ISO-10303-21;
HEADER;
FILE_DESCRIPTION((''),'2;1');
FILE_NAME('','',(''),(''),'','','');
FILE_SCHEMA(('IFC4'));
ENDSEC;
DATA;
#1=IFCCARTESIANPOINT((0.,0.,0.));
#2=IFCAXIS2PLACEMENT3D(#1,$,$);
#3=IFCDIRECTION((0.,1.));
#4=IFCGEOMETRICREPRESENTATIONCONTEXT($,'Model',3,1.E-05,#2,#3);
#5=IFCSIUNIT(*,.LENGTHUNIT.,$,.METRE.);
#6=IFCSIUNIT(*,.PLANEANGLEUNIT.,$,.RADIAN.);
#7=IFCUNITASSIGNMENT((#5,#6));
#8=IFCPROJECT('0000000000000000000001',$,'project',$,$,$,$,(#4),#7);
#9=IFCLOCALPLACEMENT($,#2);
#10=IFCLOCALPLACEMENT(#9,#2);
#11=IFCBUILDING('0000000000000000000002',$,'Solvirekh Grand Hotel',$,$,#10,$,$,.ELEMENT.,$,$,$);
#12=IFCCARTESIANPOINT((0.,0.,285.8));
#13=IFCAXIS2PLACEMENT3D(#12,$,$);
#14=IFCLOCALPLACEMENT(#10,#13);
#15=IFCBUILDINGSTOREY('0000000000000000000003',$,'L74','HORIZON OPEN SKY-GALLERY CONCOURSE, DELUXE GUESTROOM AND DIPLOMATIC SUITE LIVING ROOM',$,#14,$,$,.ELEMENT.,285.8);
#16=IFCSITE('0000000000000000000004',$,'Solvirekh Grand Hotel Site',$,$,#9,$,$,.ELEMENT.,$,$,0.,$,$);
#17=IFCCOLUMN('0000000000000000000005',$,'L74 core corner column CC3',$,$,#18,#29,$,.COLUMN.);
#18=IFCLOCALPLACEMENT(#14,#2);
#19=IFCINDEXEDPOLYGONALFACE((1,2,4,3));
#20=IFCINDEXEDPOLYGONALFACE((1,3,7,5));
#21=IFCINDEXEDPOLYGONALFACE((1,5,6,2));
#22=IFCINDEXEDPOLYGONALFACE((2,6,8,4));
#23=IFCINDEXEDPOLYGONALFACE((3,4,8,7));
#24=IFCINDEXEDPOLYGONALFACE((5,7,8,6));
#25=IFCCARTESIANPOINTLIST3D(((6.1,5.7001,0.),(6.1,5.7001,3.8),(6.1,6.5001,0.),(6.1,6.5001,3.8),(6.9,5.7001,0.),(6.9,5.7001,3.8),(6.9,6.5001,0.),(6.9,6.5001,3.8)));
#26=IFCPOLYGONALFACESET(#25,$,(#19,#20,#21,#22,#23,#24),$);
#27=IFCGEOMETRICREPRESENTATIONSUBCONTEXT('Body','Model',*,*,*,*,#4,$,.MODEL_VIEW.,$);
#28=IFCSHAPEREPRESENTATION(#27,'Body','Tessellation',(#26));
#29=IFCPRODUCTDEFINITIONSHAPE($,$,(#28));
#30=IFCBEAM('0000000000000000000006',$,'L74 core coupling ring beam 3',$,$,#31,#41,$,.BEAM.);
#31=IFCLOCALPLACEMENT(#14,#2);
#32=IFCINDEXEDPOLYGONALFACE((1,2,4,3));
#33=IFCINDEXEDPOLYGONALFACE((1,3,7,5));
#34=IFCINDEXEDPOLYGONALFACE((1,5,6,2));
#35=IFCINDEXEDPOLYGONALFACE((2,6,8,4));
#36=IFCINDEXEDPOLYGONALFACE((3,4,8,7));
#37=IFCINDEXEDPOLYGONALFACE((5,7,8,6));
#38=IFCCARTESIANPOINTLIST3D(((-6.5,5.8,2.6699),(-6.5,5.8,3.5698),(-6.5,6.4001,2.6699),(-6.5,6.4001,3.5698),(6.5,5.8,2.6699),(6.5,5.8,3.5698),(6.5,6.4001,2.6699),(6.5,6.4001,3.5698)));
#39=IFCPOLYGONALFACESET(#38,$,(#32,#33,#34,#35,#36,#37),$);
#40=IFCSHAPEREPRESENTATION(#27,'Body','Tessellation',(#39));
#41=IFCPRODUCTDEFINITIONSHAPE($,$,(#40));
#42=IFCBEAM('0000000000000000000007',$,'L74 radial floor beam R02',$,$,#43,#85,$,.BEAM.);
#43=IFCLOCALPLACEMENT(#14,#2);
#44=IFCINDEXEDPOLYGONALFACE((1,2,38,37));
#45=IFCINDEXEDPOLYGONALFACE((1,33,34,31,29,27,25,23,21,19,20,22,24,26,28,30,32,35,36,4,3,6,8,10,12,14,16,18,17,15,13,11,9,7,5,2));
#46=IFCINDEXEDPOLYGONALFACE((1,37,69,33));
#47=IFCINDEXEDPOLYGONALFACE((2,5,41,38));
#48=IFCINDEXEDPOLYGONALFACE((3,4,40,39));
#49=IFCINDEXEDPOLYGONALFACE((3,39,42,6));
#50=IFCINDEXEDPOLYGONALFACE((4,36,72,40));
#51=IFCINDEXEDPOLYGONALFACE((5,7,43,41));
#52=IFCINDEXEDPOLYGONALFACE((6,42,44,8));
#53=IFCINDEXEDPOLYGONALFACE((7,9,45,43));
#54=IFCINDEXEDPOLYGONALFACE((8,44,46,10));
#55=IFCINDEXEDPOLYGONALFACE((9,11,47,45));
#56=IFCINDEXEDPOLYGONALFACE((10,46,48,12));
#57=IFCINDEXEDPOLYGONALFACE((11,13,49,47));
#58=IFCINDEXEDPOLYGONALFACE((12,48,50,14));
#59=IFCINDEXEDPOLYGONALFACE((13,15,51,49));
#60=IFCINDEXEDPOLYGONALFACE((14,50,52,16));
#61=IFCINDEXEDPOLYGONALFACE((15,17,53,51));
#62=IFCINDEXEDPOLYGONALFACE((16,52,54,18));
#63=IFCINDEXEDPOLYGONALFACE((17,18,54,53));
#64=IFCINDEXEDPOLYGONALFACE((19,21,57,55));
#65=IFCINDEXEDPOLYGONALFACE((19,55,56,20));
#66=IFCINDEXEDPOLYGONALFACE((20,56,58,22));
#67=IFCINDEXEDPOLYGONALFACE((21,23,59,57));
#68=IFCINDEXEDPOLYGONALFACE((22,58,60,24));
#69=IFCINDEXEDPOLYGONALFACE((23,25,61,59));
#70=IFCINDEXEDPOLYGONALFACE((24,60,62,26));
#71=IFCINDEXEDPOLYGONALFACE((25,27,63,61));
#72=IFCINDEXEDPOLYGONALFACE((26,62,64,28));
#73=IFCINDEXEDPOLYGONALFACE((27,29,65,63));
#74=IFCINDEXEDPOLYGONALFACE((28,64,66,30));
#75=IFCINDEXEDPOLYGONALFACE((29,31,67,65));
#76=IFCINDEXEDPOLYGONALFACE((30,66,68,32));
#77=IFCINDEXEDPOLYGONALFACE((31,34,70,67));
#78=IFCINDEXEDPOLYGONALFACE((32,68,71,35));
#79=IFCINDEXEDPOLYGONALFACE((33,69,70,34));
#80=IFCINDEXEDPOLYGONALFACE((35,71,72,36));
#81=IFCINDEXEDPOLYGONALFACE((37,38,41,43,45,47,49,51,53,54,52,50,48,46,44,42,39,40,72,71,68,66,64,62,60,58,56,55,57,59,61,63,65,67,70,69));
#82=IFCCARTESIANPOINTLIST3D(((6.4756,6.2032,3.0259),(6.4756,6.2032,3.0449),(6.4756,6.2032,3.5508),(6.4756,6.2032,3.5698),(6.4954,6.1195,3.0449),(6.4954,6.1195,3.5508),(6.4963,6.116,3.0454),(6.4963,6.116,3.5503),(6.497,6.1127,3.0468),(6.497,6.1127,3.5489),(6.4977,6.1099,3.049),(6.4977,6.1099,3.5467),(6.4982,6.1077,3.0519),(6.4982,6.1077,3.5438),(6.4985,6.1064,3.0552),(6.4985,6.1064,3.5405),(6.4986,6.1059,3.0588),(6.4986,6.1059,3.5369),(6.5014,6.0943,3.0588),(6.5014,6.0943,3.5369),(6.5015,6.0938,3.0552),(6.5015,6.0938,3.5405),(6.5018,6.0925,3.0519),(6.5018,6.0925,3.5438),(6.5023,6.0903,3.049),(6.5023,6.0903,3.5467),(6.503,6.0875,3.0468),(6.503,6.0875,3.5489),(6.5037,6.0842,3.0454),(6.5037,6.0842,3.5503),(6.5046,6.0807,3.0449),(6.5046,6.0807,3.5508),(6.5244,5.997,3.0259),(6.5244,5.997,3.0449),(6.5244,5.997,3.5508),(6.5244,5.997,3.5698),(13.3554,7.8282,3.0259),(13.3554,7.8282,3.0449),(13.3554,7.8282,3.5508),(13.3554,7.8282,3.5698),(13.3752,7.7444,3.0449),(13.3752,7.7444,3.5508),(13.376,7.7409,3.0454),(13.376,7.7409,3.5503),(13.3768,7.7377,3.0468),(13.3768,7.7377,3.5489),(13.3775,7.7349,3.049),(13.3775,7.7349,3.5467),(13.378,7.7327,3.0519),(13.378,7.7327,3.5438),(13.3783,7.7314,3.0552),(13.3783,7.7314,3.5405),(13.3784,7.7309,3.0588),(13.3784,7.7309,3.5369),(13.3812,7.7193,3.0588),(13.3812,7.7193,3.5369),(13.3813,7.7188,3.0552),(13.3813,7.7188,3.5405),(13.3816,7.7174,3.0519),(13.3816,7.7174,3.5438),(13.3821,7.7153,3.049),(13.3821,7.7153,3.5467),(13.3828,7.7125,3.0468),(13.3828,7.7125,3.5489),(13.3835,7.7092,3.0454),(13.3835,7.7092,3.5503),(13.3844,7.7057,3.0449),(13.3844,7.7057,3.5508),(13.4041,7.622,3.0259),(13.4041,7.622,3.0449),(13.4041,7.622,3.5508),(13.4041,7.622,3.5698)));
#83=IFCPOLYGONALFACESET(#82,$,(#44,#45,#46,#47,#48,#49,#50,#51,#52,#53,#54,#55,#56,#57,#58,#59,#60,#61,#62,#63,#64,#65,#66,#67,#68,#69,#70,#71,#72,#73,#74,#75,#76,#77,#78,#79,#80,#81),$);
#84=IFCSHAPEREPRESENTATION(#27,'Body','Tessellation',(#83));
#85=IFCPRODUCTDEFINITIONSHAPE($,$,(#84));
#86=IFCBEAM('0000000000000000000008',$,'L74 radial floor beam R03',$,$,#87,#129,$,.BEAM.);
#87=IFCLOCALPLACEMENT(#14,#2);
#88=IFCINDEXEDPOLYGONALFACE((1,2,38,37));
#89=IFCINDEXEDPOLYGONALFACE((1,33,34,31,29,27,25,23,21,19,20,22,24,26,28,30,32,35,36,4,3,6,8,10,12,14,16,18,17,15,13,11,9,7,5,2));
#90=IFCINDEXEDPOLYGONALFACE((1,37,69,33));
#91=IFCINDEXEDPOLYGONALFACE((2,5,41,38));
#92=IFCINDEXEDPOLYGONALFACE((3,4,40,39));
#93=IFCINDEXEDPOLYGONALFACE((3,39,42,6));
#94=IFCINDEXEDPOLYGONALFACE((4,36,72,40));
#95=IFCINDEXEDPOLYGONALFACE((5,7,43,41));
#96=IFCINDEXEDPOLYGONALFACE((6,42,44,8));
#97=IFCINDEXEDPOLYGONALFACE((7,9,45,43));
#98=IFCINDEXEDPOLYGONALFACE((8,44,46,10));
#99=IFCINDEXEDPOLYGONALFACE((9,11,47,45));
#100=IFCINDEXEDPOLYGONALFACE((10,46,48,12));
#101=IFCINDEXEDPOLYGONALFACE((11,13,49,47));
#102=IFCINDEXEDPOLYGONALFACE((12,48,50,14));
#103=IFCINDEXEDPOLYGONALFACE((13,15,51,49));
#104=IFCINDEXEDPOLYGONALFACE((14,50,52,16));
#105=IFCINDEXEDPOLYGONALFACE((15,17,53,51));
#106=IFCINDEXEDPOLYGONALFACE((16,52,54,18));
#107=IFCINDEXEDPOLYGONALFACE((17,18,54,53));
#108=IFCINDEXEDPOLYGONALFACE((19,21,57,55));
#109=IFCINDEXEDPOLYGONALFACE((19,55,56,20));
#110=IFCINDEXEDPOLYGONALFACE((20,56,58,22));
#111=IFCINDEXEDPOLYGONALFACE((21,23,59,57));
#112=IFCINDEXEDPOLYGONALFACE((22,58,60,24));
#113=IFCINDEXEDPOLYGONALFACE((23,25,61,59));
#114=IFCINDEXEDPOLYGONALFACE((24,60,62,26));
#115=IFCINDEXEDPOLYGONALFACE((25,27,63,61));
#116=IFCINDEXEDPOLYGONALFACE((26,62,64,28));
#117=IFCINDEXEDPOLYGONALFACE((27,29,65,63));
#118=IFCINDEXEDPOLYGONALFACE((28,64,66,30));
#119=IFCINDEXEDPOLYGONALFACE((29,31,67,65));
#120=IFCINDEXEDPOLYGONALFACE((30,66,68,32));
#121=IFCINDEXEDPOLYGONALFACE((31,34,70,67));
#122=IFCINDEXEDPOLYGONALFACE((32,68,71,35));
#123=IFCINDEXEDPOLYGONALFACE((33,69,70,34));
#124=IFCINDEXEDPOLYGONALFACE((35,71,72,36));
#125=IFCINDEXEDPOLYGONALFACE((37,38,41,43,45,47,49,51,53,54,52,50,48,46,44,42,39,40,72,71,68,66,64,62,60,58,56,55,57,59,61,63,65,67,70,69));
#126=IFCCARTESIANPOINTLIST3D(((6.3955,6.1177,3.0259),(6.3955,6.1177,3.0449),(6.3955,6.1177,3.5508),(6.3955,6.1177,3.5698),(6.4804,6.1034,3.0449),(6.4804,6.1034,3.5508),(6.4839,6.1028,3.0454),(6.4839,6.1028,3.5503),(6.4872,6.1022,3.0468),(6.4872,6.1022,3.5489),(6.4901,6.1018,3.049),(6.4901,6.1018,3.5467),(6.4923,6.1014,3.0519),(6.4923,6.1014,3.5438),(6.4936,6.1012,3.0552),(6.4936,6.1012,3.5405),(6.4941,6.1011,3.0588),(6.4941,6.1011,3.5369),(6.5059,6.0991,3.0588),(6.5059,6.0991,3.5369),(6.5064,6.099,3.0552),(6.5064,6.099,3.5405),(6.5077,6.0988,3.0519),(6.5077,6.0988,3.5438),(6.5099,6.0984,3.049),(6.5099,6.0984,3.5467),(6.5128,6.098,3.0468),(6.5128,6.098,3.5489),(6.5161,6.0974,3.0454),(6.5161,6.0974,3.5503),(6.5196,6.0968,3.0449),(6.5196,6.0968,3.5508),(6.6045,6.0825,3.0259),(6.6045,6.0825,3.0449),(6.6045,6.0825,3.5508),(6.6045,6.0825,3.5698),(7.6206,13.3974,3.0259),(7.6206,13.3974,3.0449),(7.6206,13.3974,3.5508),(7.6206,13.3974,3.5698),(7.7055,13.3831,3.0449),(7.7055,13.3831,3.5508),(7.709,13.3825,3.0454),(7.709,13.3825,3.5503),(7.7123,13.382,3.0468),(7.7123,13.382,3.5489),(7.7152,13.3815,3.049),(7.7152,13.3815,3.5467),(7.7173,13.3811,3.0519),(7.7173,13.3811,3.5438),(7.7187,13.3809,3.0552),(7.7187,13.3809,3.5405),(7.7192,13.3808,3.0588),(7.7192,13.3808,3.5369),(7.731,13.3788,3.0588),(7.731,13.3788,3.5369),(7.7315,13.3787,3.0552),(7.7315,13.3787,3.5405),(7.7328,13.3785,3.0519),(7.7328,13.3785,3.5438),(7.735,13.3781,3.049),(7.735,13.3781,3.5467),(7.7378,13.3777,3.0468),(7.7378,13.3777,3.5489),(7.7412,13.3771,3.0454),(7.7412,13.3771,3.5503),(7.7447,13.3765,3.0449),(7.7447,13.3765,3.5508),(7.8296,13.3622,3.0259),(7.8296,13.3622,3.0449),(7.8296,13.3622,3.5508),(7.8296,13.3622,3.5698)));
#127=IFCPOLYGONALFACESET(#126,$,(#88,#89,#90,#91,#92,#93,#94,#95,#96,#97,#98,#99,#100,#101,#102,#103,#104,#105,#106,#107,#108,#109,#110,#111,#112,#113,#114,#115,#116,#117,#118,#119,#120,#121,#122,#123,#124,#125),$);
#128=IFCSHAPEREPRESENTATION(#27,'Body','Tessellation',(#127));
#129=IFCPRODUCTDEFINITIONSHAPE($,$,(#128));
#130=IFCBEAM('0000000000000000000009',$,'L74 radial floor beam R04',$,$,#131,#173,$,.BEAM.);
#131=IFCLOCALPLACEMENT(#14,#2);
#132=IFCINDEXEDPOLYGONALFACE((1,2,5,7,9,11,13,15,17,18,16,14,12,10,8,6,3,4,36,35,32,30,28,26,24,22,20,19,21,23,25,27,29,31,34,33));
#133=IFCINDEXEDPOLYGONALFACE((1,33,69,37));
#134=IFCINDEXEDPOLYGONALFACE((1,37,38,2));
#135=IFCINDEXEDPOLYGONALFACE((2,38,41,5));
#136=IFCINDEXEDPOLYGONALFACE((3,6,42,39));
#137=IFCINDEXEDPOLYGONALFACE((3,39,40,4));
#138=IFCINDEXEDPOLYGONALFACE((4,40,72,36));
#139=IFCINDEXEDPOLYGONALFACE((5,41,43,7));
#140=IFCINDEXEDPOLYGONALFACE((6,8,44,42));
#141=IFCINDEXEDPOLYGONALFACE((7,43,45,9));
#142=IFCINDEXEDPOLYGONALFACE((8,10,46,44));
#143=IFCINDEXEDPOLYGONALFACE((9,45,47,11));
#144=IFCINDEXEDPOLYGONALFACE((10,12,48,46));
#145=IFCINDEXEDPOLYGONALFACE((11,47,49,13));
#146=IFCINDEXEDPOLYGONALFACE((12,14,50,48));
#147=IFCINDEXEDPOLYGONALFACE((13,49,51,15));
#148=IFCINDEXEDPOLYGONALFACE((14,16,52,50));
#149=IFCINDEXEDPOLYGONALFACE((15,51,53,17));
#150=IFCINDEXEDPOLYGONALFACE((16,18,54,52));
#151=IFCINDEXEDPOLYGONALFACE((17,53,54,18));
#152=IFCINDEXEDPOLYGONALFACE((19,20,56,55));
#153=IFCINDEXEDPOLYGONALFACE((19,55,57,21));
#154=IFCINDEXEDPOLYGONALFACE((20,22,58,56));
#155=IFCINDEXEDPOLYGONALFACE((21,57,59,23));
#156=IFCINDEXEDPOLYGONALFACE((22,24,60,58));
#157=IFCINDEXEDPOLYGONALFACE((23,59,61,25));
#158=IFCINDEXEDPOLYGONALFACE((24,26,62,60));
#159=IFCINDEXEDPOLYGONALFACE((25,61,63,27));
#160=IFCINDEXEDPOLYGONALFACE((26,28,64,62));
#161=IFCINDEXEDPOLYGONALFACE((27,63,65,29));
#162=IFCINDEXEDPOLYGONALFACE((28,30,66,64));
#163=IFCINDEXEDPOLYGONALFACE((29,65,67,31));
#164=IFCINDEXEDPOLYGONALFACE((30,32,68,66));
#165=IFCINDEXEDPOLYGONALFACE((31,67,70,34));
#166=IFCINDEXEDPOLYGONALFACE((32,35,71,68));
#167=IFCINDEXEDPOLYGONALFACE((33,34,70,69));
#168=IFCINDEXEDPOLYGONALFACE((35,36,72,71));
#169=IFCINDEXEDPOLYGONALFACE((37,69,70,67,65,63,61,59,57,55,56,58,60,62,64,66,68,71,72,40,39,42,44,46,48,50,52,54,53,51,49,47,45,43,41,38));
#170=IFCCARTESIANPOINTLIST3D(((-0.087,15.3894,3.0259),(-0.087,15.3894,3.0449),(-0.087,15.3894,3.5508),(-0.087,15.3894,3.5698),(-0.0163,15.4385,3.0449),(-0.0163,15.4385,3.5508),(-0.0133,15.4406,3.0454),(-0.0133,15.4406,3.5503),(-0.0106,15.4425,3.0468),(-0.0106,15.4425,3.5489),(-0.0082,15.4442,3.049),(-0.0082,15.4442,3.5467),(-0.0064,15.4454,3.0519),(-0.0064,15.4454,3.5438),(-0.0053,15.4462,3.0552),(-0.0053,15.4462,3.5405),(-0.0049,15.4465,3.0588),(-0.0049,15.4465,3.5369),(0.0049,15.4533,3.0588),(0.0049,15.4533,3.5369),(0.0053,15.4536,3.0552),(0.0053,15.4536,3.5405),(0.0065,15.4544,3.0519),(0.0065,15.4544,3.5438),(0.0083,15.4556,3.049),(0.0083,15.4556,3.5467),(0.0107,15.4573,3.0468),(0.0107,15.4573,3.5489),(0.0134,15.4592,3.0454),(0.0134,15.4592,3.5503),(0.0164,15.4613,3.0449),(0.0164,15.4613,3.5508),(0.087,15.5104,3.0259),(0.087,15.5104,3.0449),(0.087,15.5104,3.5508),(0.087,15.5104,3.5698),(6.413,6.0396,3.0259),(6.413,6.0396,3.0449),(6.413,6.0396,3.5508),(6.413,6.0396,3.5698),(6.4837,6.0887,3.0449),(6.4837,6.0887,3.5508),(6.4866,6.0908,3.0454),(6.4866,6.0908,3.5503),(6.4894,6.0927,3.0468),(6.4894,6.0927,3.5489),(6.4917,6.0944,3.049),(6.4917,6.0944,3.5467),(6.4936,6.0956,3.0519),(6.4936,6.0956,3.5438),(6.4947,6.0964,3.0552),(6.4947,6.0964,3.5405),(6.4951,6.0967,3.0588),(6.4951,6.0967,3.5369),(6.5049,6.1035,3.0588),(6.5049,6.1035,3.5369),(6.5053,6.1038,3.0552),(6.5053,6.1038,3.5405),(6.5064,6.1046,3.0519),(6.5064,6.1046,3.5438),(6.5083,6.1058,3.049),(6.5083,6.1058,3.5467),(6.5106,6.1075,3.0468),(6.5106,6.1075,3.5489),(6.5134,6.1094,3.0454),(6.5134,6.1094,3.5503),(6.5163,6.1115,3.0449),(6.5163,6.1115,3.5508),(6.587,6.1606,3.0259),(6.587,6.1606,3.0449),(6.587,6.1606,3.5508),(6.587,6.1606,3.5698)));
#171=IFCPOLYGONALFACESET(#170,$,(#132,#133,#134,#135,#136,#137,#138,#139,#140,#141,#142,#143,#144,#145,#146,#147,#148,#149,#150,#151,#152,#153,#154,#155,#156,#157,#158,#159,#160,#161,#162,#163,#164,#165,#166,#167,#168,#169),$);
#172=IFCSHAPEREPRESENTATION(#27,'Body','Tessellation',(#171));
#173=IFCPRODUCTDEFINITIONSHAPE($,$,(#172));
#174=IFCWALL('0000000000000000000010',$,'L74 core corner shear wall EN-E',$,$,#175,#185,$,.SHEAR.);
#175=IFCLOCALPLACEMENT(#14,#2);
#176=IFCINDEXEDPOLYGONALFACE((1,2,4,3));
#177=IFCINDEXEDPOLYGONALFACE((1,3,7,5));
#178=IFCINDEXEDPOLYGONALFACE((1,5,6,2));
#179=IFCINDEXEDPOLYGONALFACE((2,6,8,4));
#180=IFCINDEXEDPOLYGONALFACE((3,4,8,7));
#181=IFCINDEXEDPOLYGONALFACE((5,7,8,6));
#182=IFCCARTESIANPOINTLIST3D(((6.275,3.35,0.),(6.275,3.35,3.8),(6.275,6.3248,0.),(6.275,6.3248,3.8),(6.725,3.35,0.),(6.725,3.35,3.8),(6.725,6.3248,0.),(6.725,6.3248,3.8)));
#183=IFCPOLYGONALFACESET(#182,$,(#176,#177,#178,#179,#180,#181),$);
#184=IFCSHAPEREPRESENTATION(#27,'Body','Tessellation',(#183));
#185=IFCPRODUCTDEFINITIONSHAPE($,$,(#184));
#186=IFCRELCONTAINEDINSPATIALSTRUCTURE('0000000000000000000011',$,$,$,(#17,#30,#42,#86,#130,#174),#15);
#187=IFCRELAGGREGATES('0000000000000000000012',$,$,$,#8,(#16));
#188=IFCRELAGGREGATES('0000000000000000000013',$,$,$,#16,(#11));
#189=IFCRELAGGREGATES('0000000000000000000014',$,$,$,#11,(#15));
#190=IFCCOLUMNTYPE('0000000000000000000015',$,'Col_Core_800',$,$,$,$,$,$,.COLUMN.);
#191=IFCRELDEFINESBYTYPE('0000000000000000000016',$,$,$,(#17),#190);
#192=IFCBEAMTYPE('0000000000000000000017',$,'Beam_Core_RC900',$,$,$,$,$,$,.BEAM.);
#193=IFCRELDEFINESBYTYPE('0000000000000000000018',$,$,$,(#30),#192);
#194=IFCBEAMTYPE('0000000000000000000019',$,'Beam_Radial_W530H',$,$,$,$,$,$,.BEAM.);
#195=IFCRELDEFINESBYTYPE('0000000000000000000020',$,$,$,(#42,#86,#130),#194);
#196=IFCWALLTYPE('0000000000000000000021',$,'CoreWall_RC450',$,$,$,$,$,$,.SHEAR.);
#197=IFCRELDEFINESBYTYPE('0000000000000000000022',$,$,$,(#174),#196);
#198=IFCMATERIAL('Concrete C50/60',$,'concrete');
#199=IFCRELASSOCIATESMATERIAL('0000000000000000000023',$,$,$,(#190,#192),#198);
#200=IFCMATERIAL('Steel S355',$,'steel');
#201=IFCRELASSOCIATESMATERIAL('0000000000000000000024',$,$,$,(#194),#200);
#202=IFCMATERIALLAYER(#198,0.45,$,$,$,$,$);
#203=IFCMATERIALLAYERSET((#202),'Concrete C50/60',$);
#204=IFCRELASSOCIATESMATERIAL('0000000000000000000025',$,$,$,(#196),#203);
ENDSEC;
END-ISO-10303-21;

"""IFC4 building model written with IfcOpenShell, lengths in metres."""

from ifc_helpers import new_model, si_unit, direction, frame, frame_2d, origin, origin_2d, place, context, subcontext, project, spatial, rectangle, i_section, extrude, material, layer, layer_set, material_profile, profile_set, type_object, element, save


model = new_model("IFC4")

# Units and contexts
model_context = context("Model", 3, precision=1e-05, world=origin(), true_north=direction((0.0, 1.0)))
body_context = subcontext(model_context, "Body", "Model", "MODEL_VIEW")
ifc_project = project(units=[si_unit("LENGTHUNIT", "METRE"), si_unit("PLANEANGLEUNIT", "RADIAN")], contexts=[model_context])

# Site, building, storey
site_placement = place(None, origin())
site = spatial("IfcSite", under=ifc_project, at=site_placement, Name="Solvirekh Grand Hotel Site", CompositionType="ELEMENT", RefElevation=0.0)
building_placement = place(site_placement, origin())
building = spatial("IfcBuilding", under=site, at=building_placement, Name="Solvirekh Grand Hotel", CompositionType="ELEMENT")
storey_placement = place(building_placement, frame((0.0, 0.0, 285.8)))
storey = spatial("IfcBuildingStorey", under=building, at=storey_placement, Name="L74", Description="HORIZON OPEN SKY-GALLERY CONCOURSE, DELUXE GUESTROOM AND DIPLOMATIC SUITE LIVING ROOM", CompositionType="ELEMENT", Elevation=285.8)

# Column
ifc_material_1 = material(Name="Concrete C50/60", Category="concrete")
ifc_material_profile_1 = material_profile(ifc_material_1, rectangle(XDim=0.8, YDim=0.8, at=origin_2d()), Name="RC 800X800")
ifc_profile_set_1 = profile_set([ifc_material_profile_1], Name="Concrete C50/60")
column_type = type_object("IfcColumnType", Name="Col_Core_800", PredefinedType="COLUMN", material=ifc_profile_set_1)
column_placement = place(storey_placement, frame((6.5, 6.1001, 0.0), z_axis=(0.0, 0.0, 1.0), x_axis=(1.0, 0.0, 0.0)))
element("IfcColumn", 1, at=column_placement, inside=storey, type_object=column_type, Name="L74 core corner column CC3", PredefinedType="COLUMN", context=body_context, shape_type="SweptSolid", body=[
    extrude(rectangle(XDim=0.8, YDim=0.8, at=origin_2d()), origin(), (0.0, 0.0, 1.0), 3.8),
])

# Beams
ifc_material_profile_2 = material_profile(ifc_material_1, rectangle(XDim=0.6001, YDim=0.8999, at=origin_2d()), Name="RC BEAM 600X900")
ifc_profile_set_2 = profile_set([ifc_material_profile_2], Name="Concrete C50/60")
beam_type_1 = type_object("IfcBeamType", Name="Beam_Core_RC900", PredefinedType="BEAM", material=ifc_profile_set_2)
beam_1_placement = place(storey_placement, frame((6.5, 6.1001, 3.1199), z_axis=(-1.0, 0.0, 0.0), x_axis=(0.0, -1.0, 0.0)))
element("IfcBeam", 2, at=beam_1_placement, inside=storey, type_object=beam_type_1, Name="L74 core coupling ring beam 3", PredefinedType="BEAM", context=body_context, shape_type="SweptSolid", body=[
    extrude(rectangle(XDim=0.6001, YDim=0.8999, at=origin_2d()), origin(), (0.0, 0.0, 1.0), 13.0),
])
ifc_material_2 = material(Name="Steel S355", Category="steel")
ifc_material_profile_3 = material_profile(ifc_material_2, i_section(OverallWidth=0.2119, OverallDepth=0.5439, WebThickness=0.012, FlangeThickness=0.019, FilletRadius=0.0139, at=origin_2d()), Name="W530X123")
ifc_profile_set_3 = profile_set([ifc_material_profile_3], Name="Steel S355")
beam_type_2 = type_object("IfcBeamType", Name="Beam_Radial_W530H", PredefinedType="BEAM", material=ifc_profile_set_3)
beam_2_placement = place(storey_placement, frame((6.5, 6.1001, 3.2979), z_axis=(0.973221, 0.229871, 0.0), x_axis=(-0.229871, 0.973221, 0.0)))
element("IfcBeam", 3, at=beam_2_placement, inside=storey, type_object=beam_type_2, Name="L74 radial floor beam R02", PredefinedType="BEAM", context=body_context, shape_type="SweptSolid", body=[
    extrude(i_section(OverallWidth=0.2119, OverallDepth=0.5439, WebThickness=0.012, FlangeThickness=0.019, FilletRadius=0.0139, at=origin_2d()), origin(), (0.0, 0.0, 1.0), 7.0691),
])
beam_3_placement = place(storey_placement, frame((6.5, 6.1001, 3.2979), z_axis=(0.165954, 0.986133, 0.0), x_axis=(-0.986133, 0.165954, 0.0)))
element("IfcBeam", 4, at=beam_3_placement, inside=storey, type_object=beam_type_2, Name="L74 radial floor beam R03", PredefinedType="BEAM", context=body_context, shape_type="SweptSolid", body=[
    extrude(i_section(OverallWidth=0.2119, OverallDepth=0.5439, WebThickness=0.012, FlangeThickness=0.019, FilletRadius=0.0139, at=origin_2d()), origin(), (0.0, 0.0, 1.0), 7.3821),
])
beam_4_placement = place(storey_placement, frame((6.5, 6.1001, 3.2979), z_axis=(-0.570813, 0.82108, 0.0), x_axis=(-0.82108, -0.570813, 0.0)))
element("IfcBeam", 5, at=beam_4_placement, inside=storey, type_object=beam_type_2, Name="L74 radial floor beam R04", PredefinedType="BEAM", context=body_context, shape_type="SweptSolid", body=[
    extrude(i_section(OverallWidth=0.2119, OverallDepth=0.5439, WebThickness=0.012, FlangeThickness=0.019, FilletRadius=0.0139, at=origin_2d()), origin(), (0.0, 0.0, 1.0), 11.3872),
])

# Wall
ifc_layer_1 = layer(ifc_material_1, 0.45)
ifc_layer_set_1 = layer_set([ifc_layer_1], Name="Concrete C50/60")
wall_type_1 = type_object("IfcWallType", Name="CoreWall_RC450", PredefinedType="SHEAR", material=ifc_layer_set_1)
wall_1_placement = place(storey_placement, frame((6.5, 3.3501, 0.0), z_axis=(0.0, 0.0, 1.0), x_axis=(0.0, 1.0, 0.0)))
element("IfcWall", 6, at=wall_1_placement, inside=storey, type_object=wall_type_1, Name="L74 core corner shear wall EN-E", PredefinedType="SHEAR", context=body_context, shape_type="SweptSolid", body=[
    extrude(rectangle(XDim=2.9749, YDim=0.45, at=frame_2d((1.4873, 0.0))), origin(), (0.0, 0.0, 1.0), 3.8),
])

save(model, "model.ifc")
